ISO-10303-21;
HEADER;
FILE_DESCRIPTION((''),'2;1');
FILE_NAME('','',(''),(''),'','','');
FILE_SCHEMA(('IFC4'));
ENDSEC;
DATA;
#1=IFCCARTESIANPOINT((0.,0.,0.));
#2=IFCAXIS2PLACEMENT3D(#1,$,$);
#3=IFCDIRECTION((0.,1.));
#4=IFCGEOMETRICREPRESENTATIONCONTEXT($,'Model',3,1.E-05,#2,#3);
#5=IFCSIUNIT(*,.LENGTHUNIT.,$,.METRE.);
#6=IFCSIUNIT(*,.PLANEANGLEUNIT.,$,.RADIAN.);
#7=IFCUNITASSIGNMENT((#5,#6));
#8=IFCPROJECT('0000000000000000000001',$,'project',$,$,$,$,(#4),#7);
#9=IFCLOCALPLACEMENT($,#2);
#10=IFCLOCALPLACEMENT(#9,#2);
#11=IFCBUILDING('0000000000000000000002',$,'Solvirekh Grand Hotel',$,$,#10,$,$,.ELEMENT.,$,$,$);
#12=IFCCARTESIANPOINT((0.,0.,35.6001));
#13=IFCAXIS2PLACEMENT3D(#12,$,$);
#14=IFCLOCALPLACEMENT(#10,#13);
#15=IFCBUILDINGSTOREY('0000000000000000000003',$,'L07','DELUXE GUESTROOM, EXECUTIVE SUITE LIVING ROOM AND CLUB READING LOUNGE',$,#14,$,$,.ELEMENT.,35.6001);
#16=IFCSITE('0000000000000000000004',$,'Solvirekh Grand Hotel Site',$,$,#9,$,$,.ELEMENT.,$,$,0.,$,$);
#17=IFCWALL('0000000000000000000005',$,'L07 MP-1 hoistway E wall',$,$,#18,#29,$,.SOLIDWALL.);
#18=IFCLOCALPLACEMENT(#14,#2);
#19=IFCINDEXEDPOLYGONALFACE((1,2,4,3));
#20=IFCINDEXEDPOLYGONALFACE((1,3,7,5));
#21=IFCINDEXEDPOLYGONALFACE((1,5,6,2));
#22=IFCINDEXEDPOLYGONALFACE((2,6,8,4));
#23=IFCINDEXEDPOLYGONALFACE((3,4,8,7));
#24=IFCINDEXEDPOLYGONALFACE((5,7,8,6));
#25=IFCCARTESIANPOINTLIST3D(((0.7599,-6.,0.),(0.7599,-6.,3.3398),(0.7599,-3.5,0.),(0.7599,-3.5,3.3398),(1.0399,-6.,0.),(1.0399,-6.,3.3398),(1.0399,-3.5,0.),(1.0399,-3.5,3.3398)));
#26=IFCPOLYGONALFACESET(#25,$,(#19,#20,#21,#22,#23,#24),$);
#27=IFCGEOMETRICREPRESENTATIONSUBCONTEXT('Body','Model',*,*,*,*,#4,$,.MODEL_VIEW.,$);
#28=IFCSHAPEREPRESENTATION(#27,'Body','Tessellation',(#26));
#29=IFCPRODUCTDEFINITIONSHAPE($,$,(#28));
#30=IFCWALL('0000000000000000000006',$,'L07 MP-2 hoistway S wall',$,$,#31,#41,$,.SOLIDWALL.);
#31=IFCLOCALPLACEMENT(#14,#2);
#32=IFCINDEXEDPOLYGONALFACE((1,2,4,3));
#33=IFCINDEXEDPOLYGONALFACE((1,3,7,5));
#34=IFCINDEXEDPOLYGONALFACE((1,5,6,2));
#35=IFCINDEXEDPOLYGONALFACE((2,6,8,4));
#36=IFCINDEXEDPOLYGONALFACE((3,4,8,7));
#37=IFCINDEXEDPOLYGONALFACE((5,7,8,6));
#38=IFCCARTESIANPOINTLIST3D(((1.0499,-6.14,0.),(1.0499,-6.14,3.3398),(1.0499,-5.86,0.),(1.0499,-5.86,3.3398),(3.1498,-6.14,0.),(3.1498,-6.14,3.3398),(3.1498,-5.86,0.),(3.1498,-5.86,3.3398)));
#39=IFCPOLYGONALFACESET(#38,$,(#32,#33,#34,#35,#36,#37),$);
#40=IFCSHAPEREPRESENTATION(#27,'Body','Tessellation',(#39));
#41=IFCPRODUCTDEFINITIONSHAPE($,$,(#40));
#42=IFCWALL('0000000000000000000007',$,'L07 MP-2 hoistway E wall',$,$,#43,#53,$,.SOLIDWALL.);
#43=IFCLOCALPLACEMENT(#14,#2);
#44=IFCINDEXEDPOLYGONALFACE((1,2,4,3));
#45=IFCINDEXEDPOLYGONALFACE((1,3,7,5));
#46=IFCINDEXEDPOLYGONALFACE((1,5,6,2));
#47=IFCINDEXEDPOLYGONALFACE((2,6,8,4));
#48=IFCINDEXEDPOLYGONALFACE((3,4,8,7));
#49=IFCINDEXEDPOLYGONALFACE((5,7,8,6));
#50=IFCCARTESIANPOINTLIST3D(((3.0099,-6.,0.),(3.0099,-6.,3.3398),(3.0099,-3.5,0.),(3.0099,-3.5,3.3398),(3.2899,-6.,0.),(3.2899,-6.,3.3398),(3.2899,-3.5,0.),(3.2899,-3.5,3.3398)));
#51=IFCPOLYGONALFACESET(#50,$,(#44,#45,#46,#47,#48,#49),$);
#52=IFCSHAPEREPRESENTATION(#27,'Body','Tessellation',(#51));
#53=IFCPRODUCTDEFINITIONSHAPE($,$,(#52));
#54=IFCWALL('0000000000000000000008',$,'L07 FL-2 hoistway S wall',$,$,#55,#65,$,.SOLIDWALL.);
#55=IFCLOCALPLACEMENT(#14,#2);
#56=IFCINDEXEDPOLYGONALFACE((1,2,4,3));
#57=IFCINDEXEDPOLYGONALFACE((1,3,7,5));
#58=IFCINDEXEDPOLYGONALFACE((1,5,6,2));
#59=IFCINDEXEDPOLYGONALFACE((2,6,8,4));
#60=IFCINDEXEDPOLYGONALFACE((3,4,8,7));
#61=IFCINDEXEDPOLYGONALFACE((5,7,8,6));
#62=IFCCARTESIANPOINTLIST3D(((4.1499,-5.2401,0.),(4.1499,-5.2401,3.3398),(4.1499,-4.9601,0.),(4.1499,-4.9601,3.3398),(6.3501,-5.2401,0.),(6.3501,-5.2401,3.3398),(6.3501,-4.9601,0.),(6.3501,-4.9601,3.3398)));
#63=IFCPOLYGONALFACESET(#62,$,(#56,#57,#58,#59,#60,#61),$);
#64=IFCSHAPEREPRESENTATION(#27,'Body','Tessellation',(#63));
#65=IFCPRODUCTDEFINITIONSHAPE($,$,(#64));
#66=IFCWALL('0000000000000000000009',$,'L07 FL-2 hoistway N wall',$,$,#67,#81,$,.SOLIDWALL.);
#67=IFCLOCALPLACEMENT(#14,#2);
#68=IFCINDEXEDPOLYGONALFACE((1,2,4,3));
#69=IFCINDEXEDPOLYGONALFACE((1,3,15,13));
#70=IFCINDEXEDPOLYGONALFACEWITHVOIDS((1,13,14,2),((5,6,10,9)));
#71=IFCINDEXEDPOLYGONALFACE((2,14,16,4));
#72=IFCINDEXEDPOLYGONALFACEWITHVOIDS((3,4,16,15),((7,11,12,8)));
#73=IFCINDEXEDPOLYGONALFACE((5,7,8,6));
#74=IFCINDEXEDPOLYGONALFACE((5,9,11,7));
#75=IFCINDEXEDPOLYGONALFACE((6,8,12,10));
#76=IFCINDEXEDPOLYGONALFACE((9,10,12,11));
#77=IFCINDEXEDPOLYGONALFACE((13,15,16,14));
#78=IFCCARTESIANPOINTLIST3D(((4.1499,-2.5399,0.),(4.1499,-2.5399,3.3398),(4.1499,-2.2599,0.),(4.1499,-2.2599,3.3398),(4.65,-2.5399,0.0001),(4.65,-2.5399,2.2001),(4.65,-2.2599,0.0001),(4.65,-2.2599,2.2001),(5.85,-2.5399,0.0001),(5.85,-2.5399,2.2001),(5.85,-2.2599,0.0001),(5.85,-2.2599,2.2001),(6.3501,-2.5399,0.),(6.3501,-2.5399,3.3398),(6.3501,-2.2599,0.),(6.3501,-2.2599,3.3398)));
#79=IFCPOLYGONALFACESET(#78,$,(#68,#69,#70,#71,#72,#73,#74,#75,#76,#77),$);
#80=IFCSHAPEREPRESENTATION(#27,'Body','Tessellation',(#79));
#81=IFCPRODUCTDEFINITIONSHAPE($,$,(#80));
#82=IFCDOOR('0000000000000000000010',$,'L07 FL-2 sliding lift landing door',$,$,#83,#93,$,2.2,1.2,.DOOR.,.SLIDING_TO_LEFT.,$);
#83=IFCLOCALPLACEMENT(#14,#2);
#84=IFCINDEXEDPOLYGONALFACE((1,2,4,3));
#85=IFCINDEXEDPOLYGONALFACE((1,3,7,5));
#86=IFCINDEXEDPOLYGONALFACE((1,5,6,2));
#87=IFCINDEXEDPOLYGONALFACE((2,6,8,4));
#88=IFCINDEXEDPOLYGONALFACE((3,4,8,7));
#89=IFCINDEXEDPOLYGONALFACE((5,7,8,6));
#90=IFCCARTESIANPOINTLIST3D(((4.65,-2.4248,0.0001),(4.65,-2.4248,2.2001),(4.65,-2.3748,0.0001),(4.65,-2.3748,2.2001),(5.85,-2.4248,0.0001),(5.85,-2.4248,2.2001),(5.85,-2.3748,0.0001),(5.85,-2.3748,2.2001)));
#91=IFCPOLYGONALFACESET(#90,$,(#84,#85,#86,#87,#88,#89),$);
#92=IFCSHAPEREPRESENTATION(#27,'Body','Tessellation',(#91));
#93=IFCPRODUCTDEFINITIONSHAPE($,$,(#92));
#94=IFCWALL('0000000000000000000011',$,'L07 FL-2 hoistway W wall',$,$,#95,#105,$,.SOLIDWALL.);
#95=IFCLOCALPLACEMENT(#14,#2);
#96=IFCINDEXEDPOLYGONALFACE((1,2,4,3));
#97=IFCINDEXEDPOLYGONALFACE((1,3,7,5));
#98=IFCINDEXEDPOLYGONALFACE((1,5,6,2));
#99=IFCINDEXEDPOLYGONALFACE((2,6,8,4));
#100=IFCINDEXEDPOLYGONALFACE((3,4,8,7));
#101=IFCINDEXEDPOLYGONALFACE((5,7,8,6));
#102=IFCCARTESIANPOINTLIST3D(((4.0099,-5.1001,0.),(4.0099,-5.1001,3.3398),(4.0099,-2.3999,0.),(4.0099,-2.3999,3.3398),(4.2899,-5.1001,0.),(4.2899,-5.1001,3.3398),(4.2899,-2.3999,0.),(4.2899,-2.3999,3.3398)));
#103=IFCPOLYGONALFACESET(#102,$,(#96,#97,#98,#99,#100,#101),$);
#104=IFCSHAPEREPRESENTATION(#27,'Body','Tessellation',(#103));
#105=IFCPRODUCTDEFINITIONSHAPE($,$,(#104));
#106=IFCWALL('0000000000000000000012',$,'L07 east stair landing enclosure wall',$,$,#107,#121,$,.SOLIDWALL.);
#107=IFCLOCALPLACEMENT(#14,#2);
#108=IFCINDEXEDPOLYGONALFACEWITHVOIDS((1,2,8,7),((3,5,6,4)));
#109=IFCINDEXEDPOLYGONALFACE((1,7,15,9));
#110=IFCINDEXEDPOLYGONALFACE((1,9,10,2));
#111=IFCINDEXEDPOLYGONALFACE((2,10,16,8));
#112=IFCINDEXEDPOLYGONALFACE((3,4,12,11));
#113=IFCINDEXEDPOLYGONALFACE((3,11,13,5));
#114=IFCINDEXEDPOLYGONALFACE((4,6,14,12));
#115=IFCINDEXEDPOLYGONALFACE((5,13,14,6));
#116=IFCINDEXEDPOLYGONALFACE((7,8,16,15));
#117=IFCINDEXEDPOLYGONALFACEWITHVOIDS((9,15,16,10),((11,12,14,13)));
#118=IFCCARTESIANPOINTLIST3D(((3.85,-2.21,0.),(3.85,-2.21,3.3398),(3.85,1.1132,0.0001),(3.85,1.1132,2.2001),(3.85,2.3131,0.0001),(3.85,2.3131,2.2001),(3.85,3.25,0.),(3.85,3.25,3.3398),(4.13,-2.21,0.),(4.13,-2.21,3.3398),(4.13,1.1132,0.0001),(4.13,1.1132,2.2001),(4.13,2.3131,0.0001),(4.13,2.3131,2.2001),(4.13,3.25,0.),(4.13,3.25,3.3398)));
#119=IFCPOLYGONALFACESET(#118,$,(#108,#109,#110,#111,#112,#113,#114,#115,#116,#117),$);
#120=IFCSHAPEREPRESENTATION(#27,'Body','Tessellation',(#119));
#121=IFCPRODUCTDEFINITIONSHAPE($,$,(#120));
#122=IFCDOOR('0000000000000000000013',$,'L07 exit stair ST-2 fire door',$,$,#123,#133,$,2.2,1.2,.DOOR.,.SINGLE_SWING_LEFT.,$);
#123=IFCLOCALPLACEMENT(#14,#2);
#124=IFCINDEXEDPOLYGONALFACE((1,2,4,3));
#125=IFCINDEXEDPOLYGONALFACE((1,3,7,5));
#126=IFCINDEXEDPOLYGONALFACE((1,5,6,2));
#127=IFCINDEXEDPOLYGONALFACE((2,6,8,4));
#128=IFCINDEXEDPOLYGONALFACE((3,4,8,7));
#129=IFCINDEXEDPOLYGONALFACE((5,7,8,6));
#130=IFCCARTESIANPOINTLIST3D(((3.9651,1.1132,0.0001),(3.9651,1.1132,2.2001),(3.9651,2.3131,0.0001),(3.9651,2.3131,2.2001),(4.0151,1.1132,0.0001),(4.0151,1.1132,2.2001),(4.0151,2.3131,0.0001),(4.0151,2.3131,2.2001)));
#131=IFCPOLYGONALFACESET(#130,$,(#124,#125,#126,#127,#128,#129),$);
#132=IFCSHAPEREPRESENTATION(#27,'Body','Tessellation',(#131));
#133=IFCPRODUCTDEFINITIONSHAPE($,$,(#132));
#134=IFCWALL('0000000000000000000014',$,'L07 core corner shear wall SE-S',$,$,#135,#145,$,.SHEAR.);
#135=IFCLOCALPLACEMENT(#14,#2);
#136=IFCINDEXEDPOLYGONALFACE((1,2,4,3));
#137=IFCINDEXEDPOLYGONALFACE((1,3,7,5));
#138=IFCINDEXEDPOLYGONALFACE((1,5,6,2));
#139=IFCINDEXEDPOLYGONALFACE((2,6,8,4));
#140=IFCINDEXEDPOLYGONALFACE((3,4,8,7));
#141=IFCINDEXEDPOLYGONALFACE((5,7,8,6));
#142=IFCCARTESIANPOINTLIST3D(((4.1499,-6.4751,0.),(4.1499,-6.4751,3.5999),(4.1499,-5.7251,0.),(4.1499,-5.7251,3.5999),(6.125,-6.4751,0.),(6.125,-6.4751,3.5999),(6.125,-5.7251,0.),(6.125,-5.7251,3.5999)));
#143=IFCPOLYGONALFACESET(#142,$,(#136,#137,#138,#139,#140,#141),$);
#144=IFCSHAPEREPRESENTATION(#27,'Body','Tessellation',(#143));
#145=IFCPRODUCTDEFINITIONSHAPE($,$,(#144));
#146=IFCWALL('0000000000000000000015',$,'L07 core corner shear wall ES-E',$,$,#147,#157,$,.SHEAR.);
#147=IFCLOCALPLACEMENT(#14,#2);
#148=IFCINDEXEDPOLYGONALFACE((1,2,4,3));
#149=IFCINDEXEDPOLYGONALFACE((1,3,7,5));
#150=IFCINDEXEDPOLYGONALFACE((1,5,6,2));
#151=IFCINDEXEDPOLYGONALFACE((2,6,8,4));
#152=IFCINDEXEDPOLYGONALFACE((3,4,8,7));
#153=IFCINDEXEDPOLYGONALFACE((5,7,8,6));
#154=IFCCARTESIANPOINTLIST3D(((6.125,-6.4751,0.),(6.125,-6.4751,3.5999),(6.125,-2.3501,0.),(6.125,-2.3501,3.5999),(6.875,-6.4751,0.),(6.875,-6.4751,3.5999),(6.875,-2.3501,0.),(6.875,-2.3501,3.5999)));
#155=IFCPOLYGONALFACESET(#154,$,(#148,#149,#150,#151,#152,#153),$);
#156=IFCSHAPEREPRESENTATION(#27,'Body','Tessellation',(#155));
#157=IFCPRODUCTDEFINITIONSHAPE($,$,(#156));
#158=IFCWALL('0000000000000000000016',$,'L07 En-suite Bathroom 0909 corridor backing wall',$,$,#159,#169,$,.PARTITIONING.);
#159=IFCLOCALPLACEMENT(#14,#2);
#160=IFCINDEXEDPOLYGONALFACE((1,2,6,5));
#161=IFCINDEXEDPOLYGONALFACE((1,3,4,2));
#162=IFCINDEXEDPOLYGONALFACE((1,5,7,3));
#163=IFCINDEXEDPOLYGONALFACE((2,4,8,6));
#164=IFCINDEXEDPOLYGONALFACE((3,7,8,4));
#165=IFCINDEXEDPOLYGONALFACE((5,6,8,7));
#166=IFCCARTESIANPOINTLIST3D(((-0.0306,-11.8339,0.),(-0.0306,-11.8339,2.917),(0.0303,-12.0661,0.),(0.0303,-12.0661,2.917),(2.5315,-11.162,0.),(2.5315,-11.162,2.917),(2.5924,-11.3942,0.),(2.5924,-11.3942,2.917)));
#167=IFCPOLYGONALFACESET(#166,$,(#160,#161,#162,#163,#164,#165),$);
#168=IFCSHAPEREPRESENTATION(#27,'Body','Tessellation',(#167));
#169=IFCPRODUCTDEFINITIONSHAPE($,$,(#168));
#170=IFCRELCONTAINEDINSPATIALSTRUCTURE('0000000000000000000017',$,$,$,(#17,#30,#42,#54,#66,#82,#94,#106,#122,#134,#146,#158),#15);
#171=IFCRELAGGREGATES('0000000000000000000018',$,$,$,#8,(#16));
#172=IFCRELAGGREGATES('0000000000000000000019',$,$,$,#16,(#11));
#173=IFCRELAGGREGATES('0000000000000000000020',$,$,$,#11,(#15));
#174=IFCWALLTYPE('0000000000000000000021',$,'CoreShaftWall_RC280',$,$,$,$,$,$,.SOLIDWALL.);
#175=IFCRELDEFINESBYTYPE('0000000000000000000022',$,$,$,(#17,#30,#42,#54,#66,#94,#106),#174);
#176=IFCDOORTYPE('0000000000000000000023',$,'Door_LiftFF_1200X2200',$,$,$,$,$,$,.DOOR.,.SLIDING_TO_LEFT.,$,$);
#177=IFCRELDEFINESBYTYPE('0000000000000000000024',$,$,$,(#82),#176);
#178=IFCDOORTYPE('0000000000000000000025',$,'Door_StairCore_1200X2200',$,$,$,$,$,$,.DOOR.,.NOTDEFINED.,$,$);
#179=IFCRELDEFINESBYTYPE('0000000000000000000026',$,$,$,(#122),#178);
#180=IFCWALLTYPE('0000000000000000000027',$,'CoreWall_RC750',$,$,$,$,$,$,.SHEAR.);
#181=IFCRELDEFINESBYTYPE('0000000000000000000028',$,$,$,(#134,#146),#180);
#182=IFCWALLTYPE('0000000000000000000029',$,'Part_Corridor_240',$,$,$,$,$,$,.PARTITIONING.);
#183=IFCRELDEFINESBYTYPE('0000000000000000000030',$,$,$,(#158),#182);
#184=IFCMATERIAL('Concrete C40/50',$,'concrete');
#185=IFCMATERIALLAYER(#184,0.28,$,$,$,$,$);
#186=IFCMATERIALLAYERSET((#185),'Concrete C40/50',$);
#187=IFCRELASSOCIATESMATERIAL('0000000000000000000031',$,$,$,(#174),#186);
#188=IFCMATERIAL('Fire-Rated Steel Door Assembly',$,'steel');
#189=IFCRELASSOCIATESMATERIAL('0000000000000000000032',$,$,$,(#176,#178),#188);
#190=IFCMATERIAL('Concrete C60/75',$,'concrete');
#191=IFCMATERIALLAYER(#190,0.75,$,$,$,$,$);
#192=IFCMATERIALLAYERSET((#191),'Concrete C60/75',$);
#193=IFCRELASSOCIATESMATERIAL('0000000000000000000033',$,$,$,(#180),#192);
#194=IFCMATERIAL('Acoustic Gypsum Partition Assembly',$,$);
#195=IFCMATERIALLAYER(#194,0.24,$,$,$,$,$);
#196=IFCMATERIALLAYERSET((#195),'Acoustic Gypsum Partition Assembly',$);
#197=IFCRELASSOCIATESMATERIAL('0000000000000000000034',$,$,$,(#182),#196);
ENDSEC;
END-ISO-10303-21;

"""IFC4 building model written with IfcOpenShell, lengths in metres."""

from ifc_helpers import new_model, si_unit, direction, frame, frame_2d, origin, place, context, subcontext, project, spatial, rectangle, extrude, material, layer, layer_set, type_object, element, fill, save


model = new_model("IFC4")

# Units and contexts
model_context = context("Model", 3, precision=1e-05, world=origin(), true_north=direction((0.0, 1.0)))
body_context = subcontext(model_context, "Body", "Model", "MODEL_VIEW")
ifc_project = project(units=[si_unit("LENGTHUNIT", "METRE"), si_unit("PLANEANGLEUNIT", "RADIAN")], contexts=[model_context])

# Site, building, storey
site_placement = place(None, origin())
site = spatial("IfcSite", under=ifc_project, at=site_placement, Name="Solvirekh Grand Hotel Site", CompositionType="ELEMENT", RefElevation=0.0)
building_placement = place(site_placement, origin())
building = spatial("IfcBuilding", under=site, at=building_placement, Name="Solvirekh Grand Hotel", CompositionType="ELEMENT")
storey_placement = place(building_placement, frame((0.0, 0.0, 35.6001)))
storey = spatial("IfcBuildingStorey", under=building, at=storey_placement, Name="L07", Description="DELUXE GUESTROOM, EXECUTIVE SUITE LIVING ROOM AND CLUB READING LOUNGE", CompositionType="ELEMENT", Elevation=35.6001)

# Walls
ifc_material_1 = material(Name="Concrete C40/50", Category="concrete")
ifc_layer_1 = layer(ifc_material_1, 0.28)
ifc_layer_set_1 = layer_set([ifc_layer_1], Name="Concrete C40/50")
wall_type_1 = type_object("IfcWallType", Name="CoreShaftWall_RC280", PredefinedType="SOLIDWALL", material=ifc_layer_set_1)
wall_1_placement = place(storey_placement, frame((0.8999, -6.0, 0.0), z_axis=(0.0, 0.0, 1.0), x_axis=(0.0, 1.0, 0.0)))
element("IfcWall", 1, at=wall_1_placement, inside=storey, type_object=wall_type_1, Name="L07 MP-1 hoistway E wall", PredefinedType="SOLIDWALL", context=body_context, shape_type="SweptSolid", body=[
    extrude(rectangle(XDim=2.5, YDim=0.28, at=frame_2d((1.25, 0.0))), origin(), (0.0, 0.0, 1.0), 3.3398),
])
wall_2_placement = place(storey_placement, frame((1.05, -6.0, 0.0), z_axis=(0.0, 0.0, 1.0), x_axis=(1.0, 0.0, 0.0)))
element("IfcWall", 2, at=wall_2_placement, inside=storey, type_object=wall_type_1, Name="L07 MP-2 hoistway S wall", PredefinedType="SOLIDWALL", context=body_context, shape_type="SweptSolid", body=[
    extrude(rectangle(XDim=2.0999, YDim=0.28, at=frame_2d((1.0498, 0.0))), origin(), (0.0, 0.0, 1.0), 3.3398),
])
wall_3_placement = place(storey_placement, frame((3.1499, -6.0, 0.0), z_axis=(0.0, 0.0, 1.0), x_axis=(0.0, 1.0, 0.0)))
element("IfcWall", 3, at=wall_3_placement, inside=storey, type_object=wall_type_1, Name="L07 MP-2 hoistway E wall", PredefinedType="SOLIDWALL", context=body_context, shape_type="SweptSolid", body=[
    extrude(rectangle(XDim=2.5, YDim=0.28, at=frame_2d((1.25, 0.0))), origin(), (0.0, 0.0, 1.0), 3.3398),
])
wall_4_placement = place(storey_placement, frame((4.1499, -5.1001, 0.0), z_axis=(0.0, 0.0, 1.0), x_axis=(1.0, 0.0, 0.0)))
element("IfcWall", 4, at=wall_4_placement, inside=storey, type_object=wall_type_1, Name="L07 FL-2 hoistway S wall", PredefinedType="SOLIDWALL", context=body_context, shape_type="SweptSolid", body=[
    extrude(rectangle(XDim=2.2002, YDim=0.28, at=frame_2d((1.1001, 0.0))), origin(), (0.0, 0.0, 1.0), 3.3398),
])

# Wall, opening, door
wall_5_placement = place(storey_placement, frame((6.3501, -2.3999, 0.0), z_axis=(0.0, 0.0, 1.0), x_axis=(-1.0, 0.0, 0.0)))
wall_5 = element("IfcWall", 5, at=wall_5_placement, inside=storey, type_object=wall_type_1, Name="L07 FL-2 hoistway N wall", PredefinedType="SOLIDWALL", context=body_context, shape_type="SweptSolid", body=[
    extrude(rectangle(XDim=2.2002, YDim=0.28, at=frame_2d((1.1001, 0.0))), origin(), (0.0, 0.0, 1.0), 3.3398),
])
opening_1_placement = place(wall_5_placement, frame((0.5, 0.0, 0.0)))
opening_1 = element("IfcOpeningElement", 6, at=opening_1_placement, cuts=wall_5, PredefinedType="OPENING", context=body_context, shape_type="SweptSolid", body=[
    extrude(rectangle(XDim=1.2, YDim=2.2, at=frame_2d((0.6001, 1.1001))), frame((0.0, 0.1499, 0.0), z_axis=(0.0, -1.0, 0.0), x_axis=(1.0, 0.0, 0.0)), (0.0, 0.0, 1.0), 0.3),
])
ifc_material_2 = material(Name="Fire-Rated Steel Door Assembly", Category="steel")
door_type_1 = type_object("IfcDoorType", Name="Door_LiftFF_1200X2200", OperationType="SLIDING_TO_LEFT", PredefinedType="DOOR", material=ifc_material_2)
door_1_placement = place(opening_1_placement, origin())
door_1 = element("IfcDoor", 7, at=door_1_placement, inside=storey, type_object=door_type_1, Name="L07 FL-2 sliding lift landing door", OperationType="SLIDING_TO_LEFT", OverallHeight=2.2, OverallWidth=1.2, PredefinedType="DOOR", context=body_context, shape_type="SweptSolid", body=[
    extrude(rectangle(XDim=1.2, YDim=2.2, at=frame_2d((0.6001, 1.1001))), frame((0.0, 0.0249, 0.0), z_axis=(0.0, -1.0, 0.0), x_axis=(1.0, 0.0, 0.0)), (0.0, 0.0, 1.0), 0.05),
])
fill(opening_1, door_1)

# Wall
wall_6_placement = place(storey_placement, frame((4.1499, -2.3999, 0.0), z_axis=(0.0, 0.0, 1.0), x_axis=(0.0, -1.0, 0.0)))
element("IfcWall", 8, at=wall_6_placement, inside=storey, type_object=wall_type_1, Name="L07 FL-2 hoistway W wall", PredefinedType="SOLIDWALL", context=body_context, shape_type="SweptSolid", body=[
    extrude(rectangle(XDim=2.7002, YDim=0.28, at=frame_2d((1.3501, 0.0))), origin(), (0.0, 0.0, 1.0), 3.3398),
])

# Wall, opening, door
wall_7_placement = place(storey_placement, frame((3.99, -2.21, 0.0), z_axis=(0.0, 0.0, 1.0), x_axis=(0.0, 1.0, 0.0)))
wall_7 = element("IfcWall", 9, at=wall_7_placement, inside=storey, type_object=wall_type_1, Name="L07 east stair landing enclosure wall", PredefinedType="SOLIDWALL", context=body_context, shape_type="SweptSolid", body=[
    extrude(rectangle(XDim=5.46, YDim=0.28, at=frame_2d((2.73, 0.0))), origin(), (0.0, 0.0, 1.0), 3.3398),
])
opening_2_placement = place(wall_7_placement, frame((3.323, 0.0, 0.0)))
opening_2 = element("IfcOpeningElement", 10, at=opening_2_placement, cuts=wall_7, PredefinedType="OPENING", context=body_context, shape_type="SweptSolid", body=[
    extrude(rectangle(XDim=1.2, YDim=2.2, at=frame_2d((0.6001, 1.1001))), frame((0.0, 0.1499, 0.0), z_axis=(0.0, -1.0, 0.0), x_axis=(1.0, 0.0, 0.0)), (0.0, 0.0, 1.0), 0.3),
])
door_type_2 = type_object("IfcDoorType", Name="Door_StairCore_1200X2200", OperationType="NOTDEFINED", PredefinedType="DOOR", material=ifc_material_2)
door_2_placement = place(opening_2_placement, origin())
door_2 = element("IfcDoor", 11, at=door_2_placement, inside=storey, type_object=door_type_2, Name="L07 exit stair ST-2 fire door", OperationType="SINGLE_SWING_LEFT", OverallHeight=2.2, OverallWidth=1.2, PredefinedType="DOOR", context=body_context, shape_type="SweptSolid", body=[
    extrude(rectangle(XDim=1.2, YDim=2.2, at=frame_2d((0.6001, 1.1001))), frame((0.0, 0.0249, 0.0), z_axis=(0.0, -1.0, 0.0), x_axis=(1.0, 0.0, 0.0)), (0.0, 0.0, 1.0), 0.05),
])
fill(opening_2, door_2)

# Walls
ifc_material_3 = material(Name="Concrete C60/75", Category="concrete")
ifc_layer_2 = layer(ifc_material_3, 0.75)
ifc_layer_set_2 = layer_set([ifc_layer_2], Name="Concrete C60/75")
wall_type_2 = type_object("IfcWallType", Name="CoreWall_RC750", PredefinedType="SHEAR", material=ifc_layer_set_2)
wall_8_placement = place(storey_placement, frame((4.1499, -6.1001, 0.0), z_axis=(0.0, 0.0, 1.0), x_axis=(1.0, 0.0, 0.0)))
element("IfcWall", 12, at=wall_8_placement, inside=storey, type_object=wall_type_2, Name="L07 core corner shear wall SE-S", PredefinedType="SHEAR", context=body_context, shape_type="SweptSolid", body=[
    extrude(rectangle(XDim=1.9751, YDim=0.75, at=frame_2d((0.9875, 0.0))), origin(), (0.0, 0.0, 1.0), 3.5999),
])
wall_9_placement = place(storey_placement, frame((6.5, -6.4751, 0.0), z_axis=(0.0, 0.0, 1.0), x_axis=(0.0, 1.0, 0.0)))
element("IfcWall", 13, at=wall_9_placement, inside=storey, type_object=wall_type_2, Name="L07 core corner shear wall ES-E", PredefinedType="SHEAR", context=body_context, shape_type="SweptSolid", body=[
    extrude(rectangle(XDim=4.125, YDim=0.75, at=frame_2d((2.0625, 0.0))), origin(), (0.0, 0.0, 1.0), 3.5999),
])
ifc_material_4 = material(Name="Acoustic Gypsum Partition Assembly")
ifc_layer_3 = layer(ifc_material_4, 0.24)
ifc_layer_set_3 = layer_set([ifc_layer_3], Name="Acoustic Gypsum Partition Assembly")
wall_type_3 = type_object("IfcWallType", Name="Part_Corridor_240", PredefinedType="PARTITIONING", material=ifc_layer_set_3)
wall_10_placement = place(storey_placement, frame((0.0, -11.95, 0.0), z_axis=(0.0, 0.0, 1.0), x_axis=(0.967291, 0.253667, 0.0)))
element("IfcWall", 14, at=wall_10_placement, inside=storey, type_object=wall_type_3, Name="L07 En-suite Bathroom 0909 corridor backing wall", PredefinedType="PARTITIONING", context=body_context, shape_type="SweptSolid", body=[
    extrude(rectangle(XDim=2.6487, YDim=0.24, at=frame_2d((1.3242, 0.0))), origin(), (0.0, 0.0, 1.0), 2.917),
])

save(model, "model.ifc")
